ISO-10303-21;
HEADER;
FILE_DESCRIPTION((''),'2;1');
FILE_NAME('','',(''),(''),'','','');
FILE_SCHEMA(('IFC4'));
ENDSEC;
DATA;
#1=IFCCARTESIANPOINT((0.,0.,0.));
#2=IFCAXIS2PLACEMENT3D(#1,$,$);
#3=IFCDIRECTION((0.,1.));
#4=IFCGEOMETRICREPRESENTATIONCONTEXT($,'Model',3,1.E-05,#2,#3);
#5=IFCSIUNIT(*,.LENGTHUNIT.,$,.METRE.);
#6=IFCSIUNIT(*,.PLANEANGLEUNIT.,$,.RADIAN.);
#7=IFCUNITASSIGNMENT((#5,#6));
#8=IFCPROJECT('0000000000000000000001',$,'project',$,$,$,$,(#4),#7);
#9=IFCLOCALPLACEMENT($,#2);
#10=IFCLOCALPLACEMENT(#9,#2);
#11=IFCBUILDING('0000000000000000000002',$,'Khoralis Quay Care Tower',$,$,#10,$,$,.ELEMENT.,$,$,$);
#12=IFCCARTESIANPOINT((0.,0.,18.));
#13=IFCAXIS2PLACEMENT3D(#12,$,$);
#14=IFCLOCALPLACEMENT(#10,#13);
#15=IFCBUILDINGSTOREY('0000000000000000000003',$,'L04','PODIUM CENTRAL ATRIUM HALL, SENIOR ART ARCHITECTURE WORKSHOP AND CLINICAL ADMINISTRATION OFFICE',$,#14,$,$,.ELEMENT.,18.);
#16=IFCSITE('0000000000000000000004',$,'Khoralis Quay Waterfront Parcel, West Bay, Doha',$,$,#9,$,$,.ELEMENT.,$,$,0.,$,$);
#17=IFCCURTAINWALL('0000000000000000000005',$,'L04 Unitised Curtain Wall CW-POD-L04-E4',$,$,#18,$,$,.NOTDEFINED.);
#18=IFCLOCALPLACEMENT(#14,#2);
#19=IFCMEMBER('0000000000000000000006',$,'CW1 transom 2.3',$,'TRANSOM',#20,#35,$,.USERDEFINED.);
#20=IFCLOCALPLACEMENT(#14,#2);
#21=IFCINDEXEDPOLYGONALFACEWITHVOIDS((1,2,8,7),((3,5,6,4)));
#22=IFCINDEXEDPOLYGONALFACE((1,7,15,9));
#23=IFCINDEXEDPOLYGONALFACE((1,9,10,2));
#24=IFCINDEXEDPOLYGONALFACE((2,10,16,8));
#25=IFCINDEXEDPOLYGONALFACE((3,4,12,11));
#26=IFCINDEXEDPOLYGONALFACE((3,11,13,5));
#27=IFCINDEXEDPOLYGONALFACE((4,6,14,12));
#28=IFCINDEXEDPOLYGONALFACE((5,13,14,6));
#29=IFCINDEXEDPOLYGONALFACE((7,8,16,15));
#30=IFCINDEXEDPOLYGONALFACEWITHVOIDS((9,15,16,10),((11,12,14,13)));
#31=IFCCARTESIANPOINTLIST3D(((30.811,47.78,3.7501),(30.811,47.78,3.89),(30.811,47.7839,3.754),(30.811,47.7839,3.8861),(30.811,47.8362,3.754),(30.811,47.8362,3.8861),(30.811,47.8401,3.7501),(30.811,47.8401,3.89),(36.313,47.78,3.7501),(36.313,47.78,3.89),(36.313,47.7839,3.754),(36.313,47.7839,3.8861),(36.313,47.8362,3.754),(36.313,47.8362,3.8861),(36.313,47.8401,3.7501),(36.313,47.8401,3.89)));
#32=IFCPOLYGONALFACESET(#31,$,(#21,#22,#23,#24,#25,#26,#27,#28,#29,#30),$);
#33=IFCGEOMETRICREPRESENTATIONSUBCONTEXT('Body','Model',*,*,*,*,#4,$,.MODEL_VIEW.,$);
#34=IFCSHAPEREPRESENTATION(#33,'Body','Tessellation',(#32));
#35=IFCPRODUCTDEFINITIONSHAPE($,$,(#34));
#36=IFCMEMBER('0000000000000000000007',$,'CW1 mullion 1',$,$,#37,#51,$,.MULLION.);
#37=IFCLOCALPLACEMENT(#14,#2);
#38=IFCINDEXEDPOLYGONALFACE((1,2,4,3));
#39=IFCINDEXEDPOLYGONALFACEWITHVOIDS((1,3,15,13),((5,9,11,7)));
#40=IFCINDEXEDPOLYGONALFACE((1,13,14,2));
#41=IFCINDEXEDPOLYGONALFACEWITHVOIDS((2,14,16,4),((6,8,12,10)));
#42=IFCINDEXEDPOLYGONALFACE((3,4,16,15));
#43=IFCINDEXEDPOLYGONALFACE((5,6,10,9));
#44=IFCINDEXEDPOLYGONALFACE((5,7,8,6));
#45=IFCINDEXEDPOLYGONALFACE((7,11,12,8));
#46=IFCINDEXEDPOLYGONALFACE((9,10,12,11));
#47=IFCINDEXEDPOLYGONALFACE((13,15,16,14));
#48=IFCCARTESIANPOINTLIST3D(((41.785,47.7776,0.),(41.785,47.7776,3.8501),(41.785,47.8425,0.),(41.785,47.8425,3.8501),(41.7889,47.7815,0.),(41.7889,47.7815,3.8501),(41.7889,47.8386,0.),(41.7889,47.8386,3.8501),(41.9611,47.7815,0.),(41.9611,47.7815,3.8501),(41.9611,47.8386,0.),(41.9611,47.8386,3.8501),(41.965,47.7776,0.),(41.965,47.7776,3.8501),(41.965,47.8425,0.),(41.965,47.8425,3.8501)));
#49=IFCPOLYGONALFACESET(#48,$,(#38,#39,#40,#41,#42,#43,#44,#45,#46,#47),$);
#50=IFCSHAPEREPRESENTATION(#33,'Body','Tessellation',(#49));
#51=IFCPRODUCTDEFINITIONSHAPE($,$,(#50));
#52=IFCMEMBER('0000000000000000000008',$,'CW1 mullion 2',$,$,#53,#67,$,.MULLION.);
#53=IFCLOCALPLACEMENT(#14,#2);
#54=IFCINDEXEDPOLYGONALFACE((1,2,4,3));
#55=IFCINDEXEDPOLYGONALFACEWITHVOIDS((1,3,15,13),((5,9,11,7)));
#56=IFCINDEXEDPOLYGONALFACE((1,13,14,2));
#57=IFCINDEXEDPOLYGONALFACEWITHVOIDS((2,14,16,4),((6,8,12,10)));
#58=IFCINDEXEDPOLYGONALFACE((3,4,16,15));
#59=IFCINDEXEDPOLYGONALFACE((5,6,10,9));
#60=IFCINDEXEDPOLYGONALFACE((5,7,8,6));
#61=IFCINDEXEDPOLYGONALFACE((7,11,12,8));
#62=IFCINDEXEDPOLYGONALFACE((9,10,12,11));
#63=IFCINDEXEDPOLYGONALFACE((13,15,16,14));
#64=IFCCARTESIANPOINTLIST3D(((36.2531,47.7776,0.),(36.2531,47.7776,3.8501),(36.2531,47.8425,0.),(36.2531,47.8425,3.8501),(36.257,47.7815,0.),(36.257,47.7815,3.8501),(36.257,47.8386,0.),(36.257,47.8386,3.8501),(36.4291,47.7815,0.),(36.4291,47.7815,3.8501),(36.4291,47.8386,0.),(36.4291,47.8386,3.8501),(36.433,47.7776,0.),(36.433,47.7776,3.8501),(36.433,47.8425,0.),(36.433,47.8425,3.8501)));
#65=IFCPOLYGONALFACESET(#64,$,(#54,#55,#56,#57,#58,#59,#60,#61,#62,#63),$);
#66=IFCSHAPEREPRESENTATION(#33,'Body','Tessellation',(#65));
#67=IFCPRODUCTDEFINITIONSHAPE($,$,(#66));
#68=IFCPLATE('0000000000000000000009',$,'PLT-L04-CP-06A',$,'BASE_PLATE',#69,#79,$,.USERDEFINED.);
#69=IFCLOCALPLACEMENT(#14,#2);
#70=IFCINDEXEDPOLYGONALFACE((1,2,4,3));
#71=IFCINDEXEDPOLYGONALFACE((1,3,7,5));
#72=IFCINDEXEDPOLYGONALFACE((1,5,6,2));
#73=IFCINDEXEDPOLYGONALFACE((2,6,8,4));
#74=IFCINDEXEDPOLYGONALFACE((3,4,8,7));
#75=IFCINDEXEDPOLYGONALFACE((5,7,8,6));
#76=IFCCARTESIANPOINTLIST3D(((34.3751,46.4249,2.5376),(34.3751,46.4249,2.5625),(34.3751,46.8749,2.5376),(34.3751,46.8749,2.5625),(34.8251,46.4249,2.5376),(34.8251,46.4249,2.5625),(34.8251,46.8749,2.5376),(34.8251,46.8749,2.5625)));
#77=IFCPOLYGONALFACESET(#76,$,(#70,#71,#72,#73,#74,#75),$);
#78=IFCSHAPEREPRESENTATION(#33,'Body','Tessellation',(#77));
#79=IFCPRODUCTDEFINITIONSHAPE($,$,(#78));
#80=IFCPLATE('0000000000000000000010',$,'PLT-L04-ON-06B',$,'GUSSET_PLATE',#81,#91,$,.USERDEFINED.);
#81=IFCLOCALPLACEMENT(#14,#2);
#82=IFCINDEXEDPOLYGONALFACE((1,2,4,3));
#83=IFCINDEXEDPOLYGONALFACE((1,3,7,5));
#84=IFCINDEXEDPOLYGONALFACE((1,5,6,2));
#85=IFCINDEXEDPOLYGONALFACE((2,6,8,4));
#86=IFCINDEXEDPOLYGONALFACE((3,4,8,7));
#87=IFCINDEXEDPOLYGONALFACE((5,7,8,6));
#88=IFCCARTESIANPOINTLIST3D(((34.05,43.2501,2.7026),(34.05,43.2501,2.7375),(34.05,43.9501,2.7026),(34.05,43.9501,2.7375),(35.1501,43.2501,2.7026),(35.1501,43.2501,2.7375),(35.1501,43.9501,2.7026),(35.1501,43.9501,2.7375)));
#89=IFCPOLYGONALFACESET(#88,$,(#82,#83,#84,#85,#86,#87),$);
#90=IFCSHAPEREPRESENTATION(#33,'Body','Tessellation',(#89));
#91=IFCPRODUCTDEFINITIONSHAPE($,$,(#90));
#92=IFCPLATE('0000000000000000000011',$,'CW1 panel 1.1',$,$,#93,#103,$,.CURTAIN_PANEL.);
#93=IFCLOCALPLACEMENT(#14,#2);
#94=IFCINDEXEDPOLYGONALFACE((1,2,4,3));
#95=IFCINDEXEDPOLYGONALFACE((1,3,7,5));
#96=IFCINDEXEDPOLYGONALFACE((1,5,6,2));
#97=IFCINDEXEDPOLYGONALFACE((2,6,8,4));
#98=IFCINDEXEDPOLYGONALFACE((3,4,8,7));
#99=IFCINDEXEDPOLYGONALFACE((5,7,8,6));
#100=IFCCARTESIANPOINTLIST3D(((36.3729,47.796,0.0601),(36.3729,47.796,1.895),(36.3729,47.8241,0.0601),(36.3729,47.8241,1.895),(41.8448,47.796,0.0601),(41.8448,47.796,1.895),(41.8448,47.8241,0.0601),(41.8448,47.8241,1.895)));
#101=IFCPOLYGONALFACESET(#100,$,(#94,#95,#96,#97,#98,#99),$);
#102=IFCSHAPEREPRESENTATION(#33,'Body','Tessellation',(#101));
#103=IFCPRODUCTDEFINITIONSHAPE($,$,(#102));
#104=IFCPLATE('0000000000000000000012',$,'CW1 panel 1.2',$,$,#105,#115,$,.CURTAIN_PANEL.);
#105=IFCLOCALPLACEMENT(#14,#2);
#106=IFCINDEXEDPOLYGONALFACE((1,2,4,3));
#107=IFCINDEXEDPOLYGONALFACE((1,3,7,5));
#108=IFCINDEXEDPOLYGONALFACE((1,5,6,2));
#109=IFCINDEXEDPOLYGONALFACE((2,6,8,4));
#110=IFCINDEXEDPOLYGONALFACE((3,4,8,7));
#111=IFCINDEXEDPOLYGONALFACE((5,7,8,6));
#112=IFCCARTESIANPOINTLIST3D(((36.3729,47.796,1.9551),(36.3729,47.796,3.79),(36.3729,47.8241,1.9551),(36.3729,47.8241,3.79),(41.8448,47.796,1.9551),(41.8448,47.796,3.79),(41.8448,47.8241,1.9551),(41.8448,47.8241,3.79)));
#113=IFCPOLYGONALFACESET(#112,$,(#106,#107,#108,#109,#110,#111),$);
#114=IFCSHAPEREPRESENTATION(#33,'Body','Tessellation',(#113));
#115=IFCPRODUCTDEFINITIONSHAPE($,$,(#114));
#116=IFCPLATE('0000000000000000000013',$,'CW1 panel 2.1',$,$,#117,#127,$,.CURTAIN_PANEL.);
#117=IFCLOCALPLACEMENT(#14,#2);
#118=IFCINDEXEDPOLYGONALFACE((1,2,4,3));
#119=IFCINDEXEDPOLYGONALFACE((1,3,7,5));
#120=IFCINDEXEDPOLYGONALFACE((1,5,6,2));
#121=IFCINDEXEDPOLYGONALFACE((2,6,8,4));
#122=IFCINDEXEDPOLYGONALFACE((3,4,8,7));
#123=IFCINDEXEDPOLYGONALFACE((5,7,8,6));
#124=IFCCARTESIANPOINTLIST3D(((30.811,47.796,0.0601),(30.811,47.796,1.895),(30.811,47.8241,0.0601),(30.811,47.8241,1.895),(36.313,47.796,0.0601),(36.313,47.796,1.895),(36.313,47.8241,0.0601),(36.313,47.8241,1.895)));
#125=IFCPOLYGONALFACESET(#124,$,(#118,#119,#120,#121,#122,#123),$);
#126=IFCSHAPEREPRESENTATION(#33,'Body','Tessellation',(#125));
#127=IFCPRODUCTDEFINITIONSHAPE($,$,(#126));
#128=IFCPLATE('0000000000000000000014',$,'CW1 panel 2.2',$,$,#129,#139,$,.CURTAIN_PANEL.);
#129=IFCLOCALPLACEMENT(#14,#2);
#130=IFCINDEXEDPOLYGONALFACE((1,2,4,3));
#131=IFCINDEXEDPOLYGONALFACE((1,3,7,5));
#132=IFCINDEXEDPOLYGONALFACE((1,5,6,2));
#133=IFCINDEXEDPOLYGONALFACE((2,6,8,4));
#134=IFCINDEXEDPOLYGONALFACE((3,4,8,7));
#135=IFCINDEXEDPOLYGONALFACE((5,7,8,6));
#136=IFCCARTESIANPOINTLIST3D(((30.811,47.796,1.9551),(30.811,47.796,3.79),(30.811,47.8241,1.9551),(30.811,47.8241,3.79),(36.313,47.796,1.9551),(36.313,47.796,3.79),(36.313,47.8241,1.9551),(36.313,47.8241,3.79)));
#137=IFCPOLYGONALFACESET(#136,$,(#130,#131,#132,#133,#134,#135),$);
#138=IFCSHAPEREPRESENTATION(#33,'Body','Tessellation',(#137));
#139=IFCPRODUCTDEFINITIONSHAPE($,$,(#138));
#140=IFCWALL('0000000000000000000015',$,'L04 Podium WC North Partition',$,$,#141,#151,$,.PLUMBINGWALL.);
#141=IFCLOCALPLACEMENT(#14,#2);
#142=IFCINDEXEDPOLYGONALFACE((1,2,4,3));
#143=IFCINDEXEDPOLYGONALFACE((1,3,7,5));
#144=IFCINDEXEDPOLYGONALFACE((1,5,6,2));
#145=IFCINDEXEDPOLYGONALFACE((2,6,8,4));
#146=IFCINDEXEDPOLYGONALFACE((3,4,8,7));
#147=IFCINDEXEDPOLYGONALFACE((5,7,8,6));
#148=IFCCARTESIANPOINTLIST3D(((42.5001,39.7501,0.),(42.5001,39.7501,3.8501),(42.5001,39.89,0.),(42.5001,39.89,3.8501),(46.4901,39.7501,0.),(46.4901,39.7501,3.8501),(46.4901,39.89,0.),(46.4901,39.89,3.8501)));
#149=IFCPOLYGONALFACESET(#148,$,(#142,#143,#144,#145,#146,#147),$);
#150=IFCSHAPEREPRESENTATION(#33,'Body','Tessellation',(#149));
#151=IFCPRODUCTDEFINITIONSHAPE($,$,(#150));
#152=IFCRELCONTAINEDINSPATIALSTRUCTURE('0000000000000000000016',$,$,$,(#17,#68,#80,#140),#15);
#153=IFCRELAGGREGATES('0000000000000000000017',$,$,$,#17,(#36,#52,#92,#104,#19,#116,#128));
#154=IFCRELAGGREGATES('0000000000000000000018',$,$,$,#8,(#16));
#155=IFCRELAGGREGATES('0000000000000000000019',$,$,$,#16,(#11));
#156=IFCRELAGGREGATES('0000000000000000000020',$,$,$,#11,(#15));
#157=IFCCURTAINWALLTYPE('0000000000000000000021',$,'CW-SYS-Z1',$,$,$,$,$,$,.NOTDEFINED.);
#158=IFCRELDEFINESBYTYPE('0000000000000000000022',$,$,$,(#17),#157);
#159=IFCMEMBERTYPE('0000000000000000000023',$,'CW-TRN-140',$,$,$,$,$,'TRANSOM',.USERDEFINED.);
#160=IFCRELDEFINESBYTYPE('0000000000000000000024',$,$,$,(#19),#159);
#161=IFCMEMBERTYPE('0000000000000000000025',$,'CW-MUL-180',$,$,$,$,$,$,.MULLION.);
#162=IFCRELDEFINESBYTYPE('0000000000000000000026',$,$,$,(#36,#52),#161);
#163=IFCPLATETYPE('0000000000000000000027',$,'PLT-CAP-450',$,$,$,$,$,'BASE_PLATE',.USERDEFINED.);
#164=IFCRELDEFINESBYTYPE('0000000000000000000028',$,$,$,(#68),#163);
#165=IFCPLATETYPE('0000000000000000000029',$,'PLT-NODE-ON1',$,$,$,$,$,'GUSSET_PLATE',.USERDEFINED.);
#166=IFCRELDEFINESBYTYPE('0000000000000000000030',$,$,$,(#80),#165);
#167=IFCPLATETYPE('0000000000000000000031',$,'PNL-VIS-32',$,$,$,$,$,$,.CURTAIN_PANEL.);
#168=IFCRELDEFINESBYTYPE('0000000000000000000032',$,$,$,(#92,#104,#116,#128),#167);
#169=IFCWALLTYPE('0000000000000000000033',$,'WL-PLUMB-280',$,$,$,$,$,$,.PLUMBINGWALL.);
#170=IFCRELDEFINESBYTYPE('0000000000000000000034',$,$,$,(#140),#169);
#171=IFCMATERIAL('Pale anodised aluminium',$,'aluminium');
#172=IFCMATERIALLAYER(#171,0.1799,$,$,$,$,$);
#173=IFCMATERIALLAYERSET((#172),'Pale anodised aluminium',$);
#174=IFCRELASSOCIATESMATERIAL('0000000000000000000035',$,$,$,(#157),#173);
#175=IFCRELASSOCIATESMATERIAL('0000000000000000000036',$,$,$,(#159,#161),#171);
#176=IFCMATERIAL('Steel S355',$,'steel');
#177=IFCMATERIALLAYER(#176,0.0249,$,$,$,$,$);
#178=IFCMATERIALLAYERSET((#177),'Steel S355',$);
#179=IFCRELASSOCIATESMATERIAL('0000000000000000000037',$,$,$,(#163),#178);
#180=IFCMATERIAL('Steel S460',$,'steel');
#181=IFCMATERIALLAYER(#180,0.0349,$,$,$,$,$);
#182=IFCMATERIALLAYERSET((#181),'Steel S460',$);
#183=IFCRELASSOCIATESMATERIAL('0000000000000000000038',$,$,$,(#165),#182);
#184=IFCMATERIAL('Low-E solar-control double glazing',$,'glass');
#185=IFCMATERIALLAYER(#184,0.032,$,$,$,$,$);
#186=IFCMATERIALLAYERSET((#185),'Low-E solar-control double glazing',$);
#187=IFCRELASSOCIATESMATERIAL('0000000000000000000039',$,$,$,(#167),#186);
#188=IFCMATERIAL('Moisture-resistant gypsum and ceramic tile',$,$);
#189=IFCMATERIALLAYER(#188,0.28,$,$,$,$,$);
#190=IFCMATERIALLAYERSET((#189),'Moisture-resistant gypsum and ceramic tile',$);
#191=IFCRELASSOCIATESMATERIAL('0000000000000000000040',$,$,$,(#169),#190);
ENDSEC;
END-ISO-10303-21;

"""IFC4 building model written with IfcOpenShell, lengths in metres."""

from ifc_helpers import new_model, si_unit, direction, frame, frame_2d, origin, origin_2d, place, context, subcontext, project, spatial, rectangle, hollow_rectangle, extrude, source, transform, mapped, material, layer, layer_set, material_profile, profile_set, type_object, element, aggregate, save


model = new_model("IFC4")

# Units and contexts
model_context = context("Model", 3, precision=1e-05, world=origin(), true_north=direction((0.0, 1.0)))
body_context = subcontext(model_context, "Body", "Model", "MODEL_VIEW")
ifc_project = project(units=[si_unit("LENGTHUNIT", "METRE"), si_unit("PLANEANGLEUNIT", "RADIAN")], contexts=[model_context])

# Site, building, storey
site_placement = place(None, origin())
site = spatial("IfcSite", under=ifc_project, at=site_placement, Name="Khoralis Quay Waterfront Parcel, West Bay, Doha", CompositionType="ELEMENT", RefElevation=0.0)
building_placement = place(site_placement, origin())
building = spatial("IfcBuilding", under=site, at=building_placement, Name="Khoralis Quay Care Tower", CompositionType="ELEMENT")
storey_placement = place(building_placement, frame((0.0, 0.0, 18.0)))
storey = spatial("IfcBuildingStorey", under=building, at=storey_placement, Name="L04", Description="PODIUM CENTRAL ATRIUM HALL, SENIOR ART ARCHITECTURE WORKSHOP AND CLINICAL ADMINISTRATION OFFICE", CompositionType="ELEMENT", Elevation=18.0)

# Shared definitions
ifc_material_1 = material(Name="Steel S460", Category="steel")

# Curtain wall, members
ifc_material_2 = material(Name="Pale anodised aluminium", Category="aluminium")
ifc_layer_1 = layer(ifc_material_2, 0.1799)
ifc_layer_set_1 = layer_set([ifc_layer_1], Name="Pale anodised aluminium")
curtain_wall_type = type_object("IfcCurtainWallType", Name="CW-SYS-Z1", PredefinedType="NOTDEFINED", material=ifc_layer_set_1)
curtain_wall_placement = place(storey_placement, origin())
curtain_wall = element("IfcCurtainWall", 1, at=curtain_wall_placement, inside=storey, type_object=curtain_wall_type, Name="L04 Unitised Curtain Wall CW-POD-L04-E4", PredefinedType="NOTDEFINED")
ifc_material_profile_1 = material_profile(ifc_material_2, hollow_rectangle(XDim=0.0601, YDim=0.1399, WallThickness=0.0039, at=origin_2d()), Name="Pale anodised aluminium")
ifc_profile_set_1 = profile_set([ifc_material_profile_1], Name="Pale anodised aluminium")
member_type_1 = type_object("IfcMemberType", Name="CW-TRN-140", ElementType="TRANSOM", PredefinedType="USERDEFINED", material=ifc_profile_set_1)
shared_shape_1 = source(origin(), body_context, "Body", "SweptSolid", [
    extrude(hollow_rectangle(XDim=0.0601, YDim=0.1399, WallThickness=0.0039, at=origin_2d()), origin(), (0.0, 0.0, 1.0), 5.502),
])
member_1_placement = place(storey_placement, frame((36.313, 47.8101, 3.8201), z_axis=(-1.0, 0.0, 0.0), x_axis=(0.0, -1.0, 0.0)))
member_1 = element("IfcMember", 2, at=member_1_placement, type_object=member_type_1, Name="CW1 transom 2.3", ObjectType="TRANSOM", PredefinedType="USERDEFINED", context=body_context, shape_type="MappedRepresentation", body=[
    mapped(shared_shape_1, transform((0.0, 0.0, 0.0), scale=1.0)),
])
ifc_material_profile_2 = material_profile(ifc_material_2, hollow_rectangle(XDim=0.0649, YDim=0.1799, WallThickness=0.0039, at=origin_2d()), Name="Pale anodised aluminium")
ifc_profile_set_2 = profile_set([ifc_material_profile_2], Name="Pale anodised aluminium")
member_type_2 = type_object("IfcMemberType", Name="CW-MUL-180", PredefinedType="MULLION", material=ifc_profile_set_2)
shared_shape_2 = source(origin(), body_context, "Body", "SweptSolid", [
    extrude(hollow_rectangle(XDim=0.0649, YDim=0.1799, WallThickness=0.0039, at=origin_2d()), origin(), (0.0, 0.0, 1.0), 3.8501),
])
member_2_placement = place(storey_placement, frame((41.875, 47.8101, 0.0), z_axis=(0.0, 0.0, 1.0), x_axis=(0.0, -1.0, 0.0)))
member_2 = element("IfcMember", 3, at=member_2_placement, type_object=member_type_2, Name="CW1 mullion 1", PredefinedType="MULLION", context=body_context, shape_type="MappedRepresentation", body=[
    mapped(shared_shape_2, transform((0.0, 0.0, 0.0), scale=1.0)),
])
member_3_placement = place(storey_placement, frame((36.343, 47.8101, 0.0), z_axis=(0.0, 0.0, 1.0), x_axis=(0.0, -1.0, 0.0)))
member_3 = element("IfcMember", 4, at=member_3_placement, type_object=member_type_2, Name="CW1 mullion 2", PredefinedType="MULLION", context=body_context, shape_type="MappedRepresentation", body=[
    mapped(shared_shape_2, transform((0.0, 0.0, 0.0), scale=1.0)),
])

# Plates
ifc_material_3 = material(Name="Steel S355", Category="steel")
ifc_layer_2 = layer(ifc_material_3, 0.0249)
ifc_layer_set_2 = layer_set([ifc_layer_2], Name="Steel S355")
plate_type_1 = type_object("IfcPlateType", Name="PLT-CAP-450", ElementType="BASE_PLATE", PredefinedType="USERDEFINED", material=ifc_layer_set_2)
shared_shape_3 = source(origin(), body_context, "Body", "SweptSolid", [
    extrude(rectangle(XDim=0.45, YDim=0.45, at=origin_2d()), origin(), (0.0, 0.0, 1.0), 0.0249),
])
plate_1_placement = place(storey_placement, frame((34.6001, 46.6499, 2.5376), z_axis=(0.0, 0.0, 1.0), x_axis=(1.0, 0.0, 0.0)))
element("IfcPlate", 5, at=plate_1_placement, inside=storey, type_object=plate_type_1, Name="PLT-L04-CP-06A", ObjectType="BASE_PLATE", PredefinedType="USERDEFINED", context=body_context, shape_type="MappedRepresentation", body=[
    mapped(shared_shape_3, transform((0.0, 0.0, 0.0), scale=1.0)),
])
ifc_layer_3 = layer(ifc_material_1, 0.0349)
ifc_layer_set_3 = layer_set([ifc_layer_3], Name="Steel S460")
plate_type_2 = type_object("IfcPlateType", Name="PLT-NODE-ON1", ElementType="GUSSET_PLATE", PredefinedType="USERDEFINED", material=ifc_layer_set_3)
shared_shape_4 = source(origin(), body_context, "Body", "SweptSolid", [
    extrude(rectangle(XDim=1.1001, YDim=0.7, at=origin_2d()), origin(), (0.0, 0.0, 1.0), 0.0349),
])
plate_2_placement = place(storey_placement, frame((34.6001, 43.6001, 2.7026), z_axis=(0.0, 0.0, 1.0), x_axis=(1.0, 0.0, 0.0)))
element("IfcPlate", 6, at=plate_2_placement, inside=storey, type_object=plate_type_2, Name="PLT-L04-ON-06B", ObjectType="GUSSET_PLATE", PredefinedType="USERDEFINED", context=body_context, shape_type="MappedRepresentation", body=[
    mapped(shared_shape_4, transform((0.0, 0.0, 0.0), scale=1.0)),
])

# Plates
ifc_material_4 = material(Name="Low-E solar-control double glazing", Category="glass")
ifc_layer_4 = layer(ifc_material_4, 0.032)
ifc_layer_set_4 = layer_set([ifc_layer_4], Name="Low-E solar-control double glazing")
plate_type_3 = type_object("IfcPlateType", Name="PNL-VIS-32", PredefinedType="CURTAIN_PANEL", material=ifc_layer_set_4)
shared_shape_5 = source(origin(), body_context, "Body", "SweptSolid", [
    extrude(rectangle(XDim=5.4719, YDim=0.0281, at=origin_2d()), origin(), (0.0, 0.0, 1.0), 1.835),
])
plate_3_placement = place(storey_placement, frame((39.1089, 47.8101, 0.0601), z_axis=(0.0, 0.0, 1.0), x_axis=(-1.0, 0.0, 0.0)))
plate_3 = element("IfcPlate", 7, at=plate_3_placement, type_object=plate_type_3, Name="CW1 panel 1.1", PredefinedType="CURTAIN_PANEL", context=body_context, shape_type="MappedRepresentation", body=[
    mapped(shared_shape_5, transform((0.0, 0.0, 0.0), scale=1.0)),
])
plate_4_placement = place(storey_placement, frame((39.1089, 47.8101, 1.9551), z_axis=(0.0, 0.0, 1.0), x_axis=(-1.0, 0.0, 0.0)))
plate_4 = element("IfcPlate", 8, at=plate_4_placement, type_object=plate_type_3, Name="CW1 panel 1.2", PredefinedType="CURTAIN_PANEL", context=body_context, shape_type="MappedRepresentation", body=[
    mapped(shared_shape_5, transform((0.0, 0.0, 0.0), scale=1.0)),
])
shared_shape_6 = source(origin(), body_context, "Body", "SweptSolid", [
    extrude(rectangle(XDim=5.502, YDim=0.0281, at=origin_2d()), origin(), (0.0, 0.0, 1.0), 1.835),
])
plate_5_placement = place(storey_placement, frame((33.562, 47.8101, 0.0601), z_axis=(0.0, 0.0, 1.0), x_axis=(-1.0, 0.0, 0.0)))
plate_5 = element("IfcPlate", 9, at=plate_5_placement, type_object=plate_type_3, Name="CW1 panel 2.1", PredefinedType="CURTAIN_PANEL", context=body_context, shape_type="MappedRepresentation", body=[
    mapped(shared_shape_6, transform((0.0, 0.0, 0.0), scale=1.0)),
])
plate_6_placement = place(storey_placement, frame((33.562, 47.8101, 1.9551), z_axis=(0.0, 0.0, 1.0), x_axis=(-1.0, 0.0, 0.0)))
plate_6 = element("IfcPlate", 10, at=plate_6_placement, type_object=plate_type_3, Name="CW1 panel 2.2", PredefinedType="CURTAIN_PANEL", context=body_context, shape_type="MappedRepresentation", body=[
    mapped(shared_shape_6, transform((0.0, 0.0, 0.0), scale=1.0)),
])
aggregate(curtain_wall, [member_2, member_3, plate_3, plate_4, member_1, plate_5, plate_6])

# Wall
ifc_material_5 = material(Name="Moisture-resistant gypsum and ceramic tile")
ifc_layer_5 = layer(ifc_material_5, 0.28)
ifc_layer_set_5 = layer_set([ifc_layer_5], Name="Moisture-resistant gypsum and ceramic tile")
wall_type_1 = type_object("IfcWallType", Name="WL-PLUMB-280", PredefinedType="PLUMBINGWALL", material=ifc_layer_set_5)
wall_1_placement = place(storey_placement, frame((42.5, 39.8201, 0.0), z_axis=(0.0, 0.0, 1.0), x_axis=(1.0, 0.0, 0.0)))
element("IfcWall", 11, at=wall_1_placement, inside=storey, type_object=wall_type_1, Name="L04 Podium WC North Partition", PredefinedType="PLUMBINGWALL", context=body_context, shape_type="SweptSolid", body=[
    extrude(rectangle(XDim=3.99, YDim=0.1399, at=frame_2d((1.9951, 0.0))), origin(), (0.0, 0.0, 1.0), 3.8501),
])

save(model, "model.ifc")
